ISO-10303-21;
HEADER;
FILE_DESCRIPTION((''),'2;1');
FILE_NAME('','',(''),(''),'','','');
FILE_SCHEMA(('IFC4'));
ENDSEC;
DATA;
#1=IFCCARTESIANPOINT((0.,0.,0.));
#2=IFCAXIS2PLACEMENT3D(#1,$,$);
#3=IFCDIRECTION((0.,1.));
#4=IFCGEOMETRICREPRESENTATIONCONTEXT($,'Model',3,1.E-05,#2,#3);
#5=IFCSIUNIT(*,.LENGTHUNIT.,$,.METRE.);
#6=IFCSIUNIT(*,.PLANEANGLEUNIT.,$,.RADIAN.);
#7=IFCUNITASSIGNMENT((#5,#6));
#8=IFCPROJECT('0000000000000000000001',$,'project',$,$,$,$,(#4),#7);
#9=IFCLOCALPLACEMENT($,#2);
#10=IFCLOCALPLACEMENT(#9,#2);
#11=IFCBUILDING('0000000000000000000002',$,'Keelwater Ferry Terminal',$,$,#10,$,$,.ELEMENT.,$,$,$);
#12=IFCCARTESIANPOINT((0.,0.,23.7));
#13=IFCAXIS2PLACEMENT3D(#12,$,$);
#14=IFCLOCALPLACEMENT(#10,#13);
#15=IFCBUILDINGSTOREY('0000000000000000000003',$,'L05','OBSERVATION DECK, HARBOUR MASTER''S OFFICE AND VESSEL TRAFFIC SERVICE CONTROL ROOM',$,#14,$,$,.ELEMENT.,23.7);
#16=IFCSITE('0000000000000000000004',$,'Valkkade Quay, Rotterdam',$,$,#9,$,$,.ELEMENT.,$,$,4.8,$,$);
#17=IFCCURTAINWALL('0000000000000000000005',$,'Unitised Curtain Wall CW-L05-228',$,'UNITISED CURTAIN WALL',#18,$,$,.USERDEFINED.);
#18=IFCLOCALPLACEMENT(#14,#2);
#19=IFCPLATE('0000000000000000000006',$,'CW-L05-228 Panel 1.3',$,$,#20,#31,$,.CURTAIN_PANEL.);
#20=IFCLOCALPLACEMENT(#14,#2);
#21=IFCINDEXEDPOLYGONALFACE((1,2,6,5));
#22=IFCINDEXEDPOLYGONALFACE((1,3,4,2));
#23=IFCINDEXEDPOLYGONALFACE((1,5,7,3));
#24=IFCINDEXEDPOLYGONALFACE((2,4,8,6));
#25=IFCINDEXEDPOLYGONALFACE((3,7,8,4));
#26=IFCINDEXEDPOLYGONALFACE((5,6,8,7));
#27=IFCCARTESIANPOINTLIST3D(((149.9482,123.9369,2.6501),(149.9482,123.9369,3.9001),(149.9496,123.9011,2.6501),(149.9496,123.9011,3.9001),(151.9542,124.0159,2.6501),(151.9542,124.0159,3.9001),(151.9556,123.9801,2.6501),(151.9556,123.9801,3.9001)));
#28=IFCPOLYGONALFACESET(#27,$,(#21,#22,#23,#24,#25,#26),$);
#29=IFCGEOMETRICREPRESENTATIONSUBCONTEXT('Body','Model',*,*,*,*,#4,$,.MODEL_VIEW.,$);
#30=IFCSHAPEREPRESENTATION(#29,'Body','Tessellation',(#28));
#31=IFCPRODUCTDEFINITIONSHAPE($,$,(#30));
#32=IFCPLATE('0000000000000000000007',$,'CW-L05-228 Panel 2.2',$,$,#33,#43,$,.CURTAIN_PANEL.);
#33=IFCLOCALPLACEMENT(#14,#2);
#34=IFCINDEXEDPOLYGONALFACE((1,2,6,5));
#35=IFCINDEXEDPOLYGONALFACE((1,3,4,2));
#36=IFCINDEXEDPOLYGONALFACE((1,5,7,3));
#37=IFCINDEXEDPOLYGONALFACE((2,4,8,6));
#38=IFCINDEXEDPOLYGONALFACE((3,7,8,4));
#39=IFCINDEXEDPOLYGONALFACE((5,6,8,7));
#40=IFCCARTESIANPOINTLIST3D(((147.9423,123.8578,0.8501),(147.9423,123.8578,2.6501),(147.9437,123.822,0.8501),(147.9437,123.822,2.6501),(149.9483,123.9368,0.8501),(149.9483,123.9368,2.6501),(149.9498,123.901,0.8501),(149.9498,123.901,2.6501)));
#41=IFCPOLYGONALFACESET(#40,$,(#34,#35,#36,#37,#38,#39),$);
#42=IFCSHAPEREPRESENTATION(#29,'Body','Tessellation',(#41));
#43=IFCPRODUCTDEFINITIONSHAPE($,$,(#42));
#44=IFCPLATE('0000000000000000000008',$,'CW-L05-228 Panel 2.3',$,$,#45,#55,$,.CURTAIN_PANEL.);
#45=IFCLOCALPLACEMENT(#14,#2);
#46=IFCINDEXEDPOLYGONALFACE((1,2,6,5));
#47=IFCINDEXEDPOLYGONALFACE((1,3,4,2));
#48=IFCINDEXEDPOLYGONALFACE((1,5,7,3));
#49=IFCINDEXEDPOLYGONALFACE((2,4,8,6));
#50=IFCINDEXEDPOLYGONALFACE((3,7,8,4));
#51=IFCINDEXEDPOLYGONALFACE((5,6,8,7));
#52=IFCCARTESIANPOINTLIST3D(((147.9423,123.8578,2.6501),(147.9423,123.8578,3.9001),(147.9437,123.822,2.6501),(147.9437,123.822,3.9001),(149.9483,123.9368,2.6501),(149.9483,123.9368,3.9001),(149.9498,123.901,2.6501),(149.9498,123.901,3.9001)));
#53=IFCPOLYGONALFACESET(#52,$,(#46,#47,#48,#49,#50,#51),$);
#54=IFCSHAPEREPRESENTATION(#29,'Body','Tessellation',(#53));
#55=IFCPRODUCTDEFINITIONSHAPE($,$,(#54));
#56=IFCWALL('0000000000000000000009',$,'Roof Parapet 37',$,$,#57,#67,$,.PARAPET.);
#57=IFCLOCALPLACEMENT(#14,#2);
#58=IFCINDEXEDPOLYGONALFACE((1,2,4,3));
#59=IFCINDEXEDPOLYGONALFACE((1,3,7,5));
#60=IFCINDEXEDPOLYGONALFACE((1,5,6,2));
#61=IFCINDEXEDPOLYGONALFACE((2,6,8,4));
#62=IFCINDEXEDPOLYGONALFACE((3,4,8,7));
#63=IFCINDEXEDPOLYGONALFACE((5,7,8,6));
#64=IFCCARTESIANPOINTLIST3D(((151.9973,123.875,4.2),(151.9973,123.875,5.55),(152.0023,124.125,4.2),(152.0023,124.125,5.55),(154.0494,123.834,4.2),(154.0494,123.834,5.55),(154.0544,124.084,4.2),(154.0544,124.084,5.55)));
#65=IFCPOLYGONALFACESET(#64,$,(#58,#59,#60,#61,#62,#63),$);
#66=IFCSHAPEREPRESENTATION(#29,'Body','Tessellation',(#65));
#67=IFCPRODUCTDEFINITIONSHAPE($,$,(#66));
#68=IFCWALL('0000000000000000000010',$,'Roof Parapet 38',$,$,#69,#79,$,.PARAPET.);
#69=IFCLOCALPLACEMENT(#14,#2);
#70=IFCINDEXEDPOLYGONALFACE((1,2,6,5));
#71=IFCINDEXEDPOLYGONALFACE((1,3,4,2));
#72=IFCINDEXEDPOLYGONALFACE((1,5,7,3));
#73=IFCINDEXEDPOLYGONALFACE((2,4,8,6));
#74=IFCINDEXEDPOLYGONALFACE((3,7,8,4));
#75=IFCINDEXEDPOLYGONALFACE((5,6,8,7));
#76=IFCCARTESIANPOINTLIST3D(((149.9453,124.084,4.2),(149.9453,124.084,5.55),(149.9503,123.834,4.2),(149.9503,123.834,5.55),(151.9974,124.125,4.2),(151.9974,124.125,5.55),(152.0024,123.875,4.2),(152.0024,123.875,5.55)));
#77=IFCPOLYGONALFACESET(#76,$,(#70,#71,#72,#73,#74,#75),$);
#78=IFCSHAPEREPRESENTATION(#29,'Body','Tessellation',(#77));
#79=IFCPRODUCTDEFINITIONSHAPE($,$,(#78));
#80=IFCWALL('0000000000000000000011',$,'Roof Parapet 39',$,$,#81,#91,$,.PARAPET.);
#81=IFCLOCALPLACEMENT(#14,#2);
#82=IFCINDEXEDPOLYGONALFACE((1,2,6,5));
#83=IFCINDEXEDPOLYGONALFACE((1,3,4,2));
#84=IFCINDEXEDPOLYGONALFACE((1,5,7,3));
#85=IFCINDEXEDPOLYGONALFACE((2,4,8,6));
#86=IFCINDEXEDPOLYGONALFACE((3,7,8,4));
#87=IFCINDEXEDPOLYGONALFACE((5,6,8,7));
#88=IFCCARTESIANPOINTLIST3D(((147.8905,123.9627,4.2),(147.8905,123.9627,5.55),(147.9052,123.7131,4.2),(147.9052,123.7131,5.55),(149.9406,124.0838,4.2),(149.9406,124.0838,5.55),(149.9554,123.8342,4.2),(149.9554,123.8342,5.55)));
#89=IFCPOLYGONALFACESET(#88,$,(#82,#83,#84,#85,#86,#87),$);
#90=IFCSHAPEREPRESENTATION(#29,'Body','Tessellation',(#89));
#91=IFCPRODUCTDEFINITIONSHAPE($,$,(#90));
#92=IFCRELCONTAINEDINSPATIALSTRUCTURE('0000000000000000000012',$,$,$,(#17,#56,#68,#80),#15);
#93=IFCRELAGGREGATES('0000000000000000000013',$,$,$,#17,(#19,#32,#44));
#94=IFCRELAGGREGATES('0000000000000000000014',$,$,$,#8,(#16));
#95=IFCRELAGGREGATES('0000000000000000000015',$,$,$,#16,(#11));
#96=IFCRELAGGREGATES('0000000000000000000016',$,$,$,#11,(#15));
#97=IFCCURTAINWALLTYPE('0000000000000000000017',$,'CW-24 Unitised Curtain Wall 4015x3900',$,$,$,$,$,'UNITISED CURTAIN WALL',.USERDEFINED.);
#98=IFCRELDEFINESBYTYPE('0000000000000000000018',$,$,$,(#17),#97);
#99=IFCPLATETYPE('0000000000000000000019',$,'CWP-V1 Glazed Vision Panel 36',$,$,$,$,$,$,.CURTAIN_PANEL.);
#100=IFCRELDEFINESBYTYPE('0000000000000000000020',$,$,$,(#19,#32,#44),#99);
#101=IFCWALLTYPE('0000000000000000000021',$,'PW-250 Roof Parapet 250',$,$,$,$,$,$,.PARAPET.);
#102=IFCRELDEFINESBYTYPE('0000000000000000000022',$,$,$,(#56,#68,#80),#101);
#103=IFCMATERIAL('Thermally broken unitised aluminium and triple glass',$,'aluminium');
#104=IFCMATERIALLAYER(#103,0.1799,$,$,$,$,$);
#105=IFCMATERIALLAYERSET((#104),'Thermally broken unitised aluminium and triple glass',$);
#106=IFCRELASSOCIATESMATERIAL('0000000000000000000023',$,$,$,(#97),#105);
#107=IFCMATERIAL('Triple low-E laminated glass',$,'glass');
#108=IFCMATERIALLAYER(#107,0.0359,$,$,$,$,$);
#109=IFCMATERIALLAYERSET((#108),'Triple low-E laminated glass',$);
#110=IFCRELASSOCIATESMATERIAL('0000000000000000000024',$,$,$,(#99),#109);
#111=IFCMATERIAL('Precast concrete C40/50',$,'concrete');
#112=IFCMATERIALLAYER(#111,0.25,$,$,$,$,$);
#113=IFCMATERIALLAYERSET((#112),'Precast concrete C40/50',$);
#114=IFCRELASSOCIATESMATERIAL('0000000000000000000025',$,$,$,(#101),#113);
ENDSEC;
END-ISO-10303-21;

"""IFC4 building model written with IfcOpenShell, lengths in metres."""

from ifc_helpers import new_model, si_unit, direction, frame, frame_2d, origin, origin_2d, place, context, subcontext, project, spatial, rectangle, extrude, material, layer, layer_set, type_object, element, aggregate, save


model = new_model("IFC4")

# Units and contexts
model_context = context("Model", 3, precision=1e-05, world=origin(), true_north=direction((0.0, 1.0)))
body_context = subcontext(model_context, "Body", "Model", "MODEL_VIEW")
ifc_project = project(units=[si_unit("LENGTHUNIT", "METRE"), si_unit("PLANEANGLEUNIT", "RADIAN")], contexts=[model_context])

# Site, building, storey
site_placement = place(None, origin())
site = spatial("IfcSite", under=ifc_project, at=site_placement, Name="Valkkade Quay, Rotterdam", CompositionType="ELEMENT", RefElevation=4.8)
building_placement = place(site_placement, origin())
building = spatial("IfcBuilding", under=site, at=building_placement, Name="Keelwater Ferry Terminal", CompositionType="ELEMENT")
storey_placement = place(building_placement, frame((0.0, 0.0, 23.7)))
storey = spatial("IfcBuildingStorey", under=building, at=storey_placement, Name="L05", Description="OBSERVATION DECK, HARBOUR MASTER'S OFFICE AND VESSEL TRAFFIC SERVICE CONTROL ROOM", CompositionType="ELEMENT", Elevation=23.7)

# Curtain wall
ifc_material_1 = material(Name="Thermally broken unitised aluminium and triple glass", Category="aluminium")
ifc_layer_1 = layer(ifc_material_1, 0.1799)
ifc_layer_set_1 = layer_set([ifc_layer_1], Name="Thermally broken unitised aluminium and triple glass")
curtain_wall_type = type_object("IfcCurtainWallType", Name="CW-24 Unitised Curtain Wall 4015x3900", ElementType="UNITISED CURTAIN WALL", PredefinedType="USERDEFINED", material=ifc_layer_set_1)
curtain_wall_1_placement = place(storey_placement, origin())
curtain_wall_1 = element("IfcCurtainWall", 1, at=curtain_wall_1_placement, inside=storey, type_object=curtain_wall_type, Name="Unitised Curtain Wall CW-L05-228", ObjectType="UNITISED CURTAIN WALL", PredefinedType="USERDEFINED")

# Plates
ifc_material_2 = material(Name="Triple low-E laminated glass", Category="glass")
ifc_layer_2 = layer(ifc_material_2, 0.0359)
ifc_layer_set_2 = layer_set([ifc_layer_2], Name="Triple low-E laminated glass")
plate_type_1 = type_object("IfcPlateType", Name="CWP-V1 Glazed Vision Panel 36", PredefinedType="CURTAIN_PANEL", material=ifc_layer_set_2)
plate_1_placement = place(storey_placement, frame((150.9519, 123.9585, 2.6501), z_axis=(0.0, 0.0, 1.0), x_axis=(-0.999225, -0.039351, 0.0)))
plate_1 = element("IfcPlate", 2, at=plate_1_placement, type_object=plate_type_1, Name="CW-L05-228 Panel 1.3", PredefinedType="CURTAIN_PANEL", context=body_context, shape_type="SweptSolid", body=[
    extrude(rectangle(XDim=2.0076, YDim=0.0359, at=origin_2d()), origin(), (0.0, 0.0, 1.0), 1.25),
])
plate_2_placement = place(storey_placement, frame((148.946, 123.8794, 0.8501), z_axis=(0.0, 0.0, 1.0), x_axis=(-0.999225, -0.039351, 0.0)))
plate_2 = element("IfcPlate", 3, at=plate_2_placement, type_object=plate_type_1, Name="CW-L05-228 Panel 2.2", PredefinedType="CURTAIN_PANEL", context=body_context, shape_type="SweptSolid", body=[
    extrude(rectangle(XDim=2.0076, YDim=0.0359, at=origin_2d()), origin(), (0.0, 0.0, 1.0), 1.8),
])
plate_3_placement = place(storey_placement, frame((148.946, 123.8794, 2.6501), z_axis=(0.0, 0.0, 1.0), x_axis=(-0.999225, -0.039351, 0.0)))
plate_3 = element("IfcPlate", 4, at=plate_3_placement, type_object=plate_type_1, Name="CW-L05-228 Panel 2.3", PredefinedType="CURTAIN_PANEL", context=body_context, shape_type="SweptSolid", body=[
    extrude(rectangle(XDim=2.0076, YDim=0.0359, at=origin_2d()), origin(), (0.0, 0.0, 1.0), 1.25),
])
aggregate(curtain_wall_1, [plate_1, plate_2, plate_3])

# Walls
ifc_material_3 = material(Name="Precast concrete C40/50", Category="concrete")
ifc_layer_3 = layer(ifc_material_3, 0.25)
ifc_layer_set_3 = layer_set([ifc_layer_3], Name="Precast concrete C40/50")
wall_type = type_object("IfcWallType", Name="PW-250 Roof Parapet 250", PredefinedType="PARAPET", material=ifc_layer_set_3)
for number, where, z_axis, x_axis, name in (
    (5, (154.052, 123.959, 4.2), (0.0, 0.0, 1.0), (-0.9998, 0.019984, 0.0), "Roof Parapet 37"),
    (6, (152.0, 124.0, 4.2), (0.0, 0.0, 1.0), (-0.9998, -0.019984, 0.0), "Roof Parapet 38"),
):
    element("IfcWall", number, at=place(storey_placement, frame(where, z_axis=z_axis, x_axis=x_axis)), inside=storey, type_object=wall_type, Name=name, PredefinedType="PARAPET", context=body_context, shape_type="SweptSolid", body=[
        extrude(rectangle(XDim=2.0525, YDim=0.25, at=frame_2d((1.0264, 0.0))), origin(), (0.0, 0.0, 1.0), 1.3501),
    ])
wall_placement = place(storey_placement, frame((149.948, 123.959, 4.2), z_axis=(0.0, 0.0, 1.0), x_axis=(-0.99826, -0.058966, 0.0)))
element("IfcWall", 7, at=wall_placement, inside=storey, type_object=wall_type, Name="Roof Parapet 39", PredefinedType="PARAPET", context=body_context, shape_type="SweptSolid", body=[
    extrude(rectangle(XDim=2.0537, YDim=0.25, at=frame_2d((1.0269, 0.0))), origin(), (0.0, 0.0, 1.0), 1.3501),
])

save(model, "model.ifc")
